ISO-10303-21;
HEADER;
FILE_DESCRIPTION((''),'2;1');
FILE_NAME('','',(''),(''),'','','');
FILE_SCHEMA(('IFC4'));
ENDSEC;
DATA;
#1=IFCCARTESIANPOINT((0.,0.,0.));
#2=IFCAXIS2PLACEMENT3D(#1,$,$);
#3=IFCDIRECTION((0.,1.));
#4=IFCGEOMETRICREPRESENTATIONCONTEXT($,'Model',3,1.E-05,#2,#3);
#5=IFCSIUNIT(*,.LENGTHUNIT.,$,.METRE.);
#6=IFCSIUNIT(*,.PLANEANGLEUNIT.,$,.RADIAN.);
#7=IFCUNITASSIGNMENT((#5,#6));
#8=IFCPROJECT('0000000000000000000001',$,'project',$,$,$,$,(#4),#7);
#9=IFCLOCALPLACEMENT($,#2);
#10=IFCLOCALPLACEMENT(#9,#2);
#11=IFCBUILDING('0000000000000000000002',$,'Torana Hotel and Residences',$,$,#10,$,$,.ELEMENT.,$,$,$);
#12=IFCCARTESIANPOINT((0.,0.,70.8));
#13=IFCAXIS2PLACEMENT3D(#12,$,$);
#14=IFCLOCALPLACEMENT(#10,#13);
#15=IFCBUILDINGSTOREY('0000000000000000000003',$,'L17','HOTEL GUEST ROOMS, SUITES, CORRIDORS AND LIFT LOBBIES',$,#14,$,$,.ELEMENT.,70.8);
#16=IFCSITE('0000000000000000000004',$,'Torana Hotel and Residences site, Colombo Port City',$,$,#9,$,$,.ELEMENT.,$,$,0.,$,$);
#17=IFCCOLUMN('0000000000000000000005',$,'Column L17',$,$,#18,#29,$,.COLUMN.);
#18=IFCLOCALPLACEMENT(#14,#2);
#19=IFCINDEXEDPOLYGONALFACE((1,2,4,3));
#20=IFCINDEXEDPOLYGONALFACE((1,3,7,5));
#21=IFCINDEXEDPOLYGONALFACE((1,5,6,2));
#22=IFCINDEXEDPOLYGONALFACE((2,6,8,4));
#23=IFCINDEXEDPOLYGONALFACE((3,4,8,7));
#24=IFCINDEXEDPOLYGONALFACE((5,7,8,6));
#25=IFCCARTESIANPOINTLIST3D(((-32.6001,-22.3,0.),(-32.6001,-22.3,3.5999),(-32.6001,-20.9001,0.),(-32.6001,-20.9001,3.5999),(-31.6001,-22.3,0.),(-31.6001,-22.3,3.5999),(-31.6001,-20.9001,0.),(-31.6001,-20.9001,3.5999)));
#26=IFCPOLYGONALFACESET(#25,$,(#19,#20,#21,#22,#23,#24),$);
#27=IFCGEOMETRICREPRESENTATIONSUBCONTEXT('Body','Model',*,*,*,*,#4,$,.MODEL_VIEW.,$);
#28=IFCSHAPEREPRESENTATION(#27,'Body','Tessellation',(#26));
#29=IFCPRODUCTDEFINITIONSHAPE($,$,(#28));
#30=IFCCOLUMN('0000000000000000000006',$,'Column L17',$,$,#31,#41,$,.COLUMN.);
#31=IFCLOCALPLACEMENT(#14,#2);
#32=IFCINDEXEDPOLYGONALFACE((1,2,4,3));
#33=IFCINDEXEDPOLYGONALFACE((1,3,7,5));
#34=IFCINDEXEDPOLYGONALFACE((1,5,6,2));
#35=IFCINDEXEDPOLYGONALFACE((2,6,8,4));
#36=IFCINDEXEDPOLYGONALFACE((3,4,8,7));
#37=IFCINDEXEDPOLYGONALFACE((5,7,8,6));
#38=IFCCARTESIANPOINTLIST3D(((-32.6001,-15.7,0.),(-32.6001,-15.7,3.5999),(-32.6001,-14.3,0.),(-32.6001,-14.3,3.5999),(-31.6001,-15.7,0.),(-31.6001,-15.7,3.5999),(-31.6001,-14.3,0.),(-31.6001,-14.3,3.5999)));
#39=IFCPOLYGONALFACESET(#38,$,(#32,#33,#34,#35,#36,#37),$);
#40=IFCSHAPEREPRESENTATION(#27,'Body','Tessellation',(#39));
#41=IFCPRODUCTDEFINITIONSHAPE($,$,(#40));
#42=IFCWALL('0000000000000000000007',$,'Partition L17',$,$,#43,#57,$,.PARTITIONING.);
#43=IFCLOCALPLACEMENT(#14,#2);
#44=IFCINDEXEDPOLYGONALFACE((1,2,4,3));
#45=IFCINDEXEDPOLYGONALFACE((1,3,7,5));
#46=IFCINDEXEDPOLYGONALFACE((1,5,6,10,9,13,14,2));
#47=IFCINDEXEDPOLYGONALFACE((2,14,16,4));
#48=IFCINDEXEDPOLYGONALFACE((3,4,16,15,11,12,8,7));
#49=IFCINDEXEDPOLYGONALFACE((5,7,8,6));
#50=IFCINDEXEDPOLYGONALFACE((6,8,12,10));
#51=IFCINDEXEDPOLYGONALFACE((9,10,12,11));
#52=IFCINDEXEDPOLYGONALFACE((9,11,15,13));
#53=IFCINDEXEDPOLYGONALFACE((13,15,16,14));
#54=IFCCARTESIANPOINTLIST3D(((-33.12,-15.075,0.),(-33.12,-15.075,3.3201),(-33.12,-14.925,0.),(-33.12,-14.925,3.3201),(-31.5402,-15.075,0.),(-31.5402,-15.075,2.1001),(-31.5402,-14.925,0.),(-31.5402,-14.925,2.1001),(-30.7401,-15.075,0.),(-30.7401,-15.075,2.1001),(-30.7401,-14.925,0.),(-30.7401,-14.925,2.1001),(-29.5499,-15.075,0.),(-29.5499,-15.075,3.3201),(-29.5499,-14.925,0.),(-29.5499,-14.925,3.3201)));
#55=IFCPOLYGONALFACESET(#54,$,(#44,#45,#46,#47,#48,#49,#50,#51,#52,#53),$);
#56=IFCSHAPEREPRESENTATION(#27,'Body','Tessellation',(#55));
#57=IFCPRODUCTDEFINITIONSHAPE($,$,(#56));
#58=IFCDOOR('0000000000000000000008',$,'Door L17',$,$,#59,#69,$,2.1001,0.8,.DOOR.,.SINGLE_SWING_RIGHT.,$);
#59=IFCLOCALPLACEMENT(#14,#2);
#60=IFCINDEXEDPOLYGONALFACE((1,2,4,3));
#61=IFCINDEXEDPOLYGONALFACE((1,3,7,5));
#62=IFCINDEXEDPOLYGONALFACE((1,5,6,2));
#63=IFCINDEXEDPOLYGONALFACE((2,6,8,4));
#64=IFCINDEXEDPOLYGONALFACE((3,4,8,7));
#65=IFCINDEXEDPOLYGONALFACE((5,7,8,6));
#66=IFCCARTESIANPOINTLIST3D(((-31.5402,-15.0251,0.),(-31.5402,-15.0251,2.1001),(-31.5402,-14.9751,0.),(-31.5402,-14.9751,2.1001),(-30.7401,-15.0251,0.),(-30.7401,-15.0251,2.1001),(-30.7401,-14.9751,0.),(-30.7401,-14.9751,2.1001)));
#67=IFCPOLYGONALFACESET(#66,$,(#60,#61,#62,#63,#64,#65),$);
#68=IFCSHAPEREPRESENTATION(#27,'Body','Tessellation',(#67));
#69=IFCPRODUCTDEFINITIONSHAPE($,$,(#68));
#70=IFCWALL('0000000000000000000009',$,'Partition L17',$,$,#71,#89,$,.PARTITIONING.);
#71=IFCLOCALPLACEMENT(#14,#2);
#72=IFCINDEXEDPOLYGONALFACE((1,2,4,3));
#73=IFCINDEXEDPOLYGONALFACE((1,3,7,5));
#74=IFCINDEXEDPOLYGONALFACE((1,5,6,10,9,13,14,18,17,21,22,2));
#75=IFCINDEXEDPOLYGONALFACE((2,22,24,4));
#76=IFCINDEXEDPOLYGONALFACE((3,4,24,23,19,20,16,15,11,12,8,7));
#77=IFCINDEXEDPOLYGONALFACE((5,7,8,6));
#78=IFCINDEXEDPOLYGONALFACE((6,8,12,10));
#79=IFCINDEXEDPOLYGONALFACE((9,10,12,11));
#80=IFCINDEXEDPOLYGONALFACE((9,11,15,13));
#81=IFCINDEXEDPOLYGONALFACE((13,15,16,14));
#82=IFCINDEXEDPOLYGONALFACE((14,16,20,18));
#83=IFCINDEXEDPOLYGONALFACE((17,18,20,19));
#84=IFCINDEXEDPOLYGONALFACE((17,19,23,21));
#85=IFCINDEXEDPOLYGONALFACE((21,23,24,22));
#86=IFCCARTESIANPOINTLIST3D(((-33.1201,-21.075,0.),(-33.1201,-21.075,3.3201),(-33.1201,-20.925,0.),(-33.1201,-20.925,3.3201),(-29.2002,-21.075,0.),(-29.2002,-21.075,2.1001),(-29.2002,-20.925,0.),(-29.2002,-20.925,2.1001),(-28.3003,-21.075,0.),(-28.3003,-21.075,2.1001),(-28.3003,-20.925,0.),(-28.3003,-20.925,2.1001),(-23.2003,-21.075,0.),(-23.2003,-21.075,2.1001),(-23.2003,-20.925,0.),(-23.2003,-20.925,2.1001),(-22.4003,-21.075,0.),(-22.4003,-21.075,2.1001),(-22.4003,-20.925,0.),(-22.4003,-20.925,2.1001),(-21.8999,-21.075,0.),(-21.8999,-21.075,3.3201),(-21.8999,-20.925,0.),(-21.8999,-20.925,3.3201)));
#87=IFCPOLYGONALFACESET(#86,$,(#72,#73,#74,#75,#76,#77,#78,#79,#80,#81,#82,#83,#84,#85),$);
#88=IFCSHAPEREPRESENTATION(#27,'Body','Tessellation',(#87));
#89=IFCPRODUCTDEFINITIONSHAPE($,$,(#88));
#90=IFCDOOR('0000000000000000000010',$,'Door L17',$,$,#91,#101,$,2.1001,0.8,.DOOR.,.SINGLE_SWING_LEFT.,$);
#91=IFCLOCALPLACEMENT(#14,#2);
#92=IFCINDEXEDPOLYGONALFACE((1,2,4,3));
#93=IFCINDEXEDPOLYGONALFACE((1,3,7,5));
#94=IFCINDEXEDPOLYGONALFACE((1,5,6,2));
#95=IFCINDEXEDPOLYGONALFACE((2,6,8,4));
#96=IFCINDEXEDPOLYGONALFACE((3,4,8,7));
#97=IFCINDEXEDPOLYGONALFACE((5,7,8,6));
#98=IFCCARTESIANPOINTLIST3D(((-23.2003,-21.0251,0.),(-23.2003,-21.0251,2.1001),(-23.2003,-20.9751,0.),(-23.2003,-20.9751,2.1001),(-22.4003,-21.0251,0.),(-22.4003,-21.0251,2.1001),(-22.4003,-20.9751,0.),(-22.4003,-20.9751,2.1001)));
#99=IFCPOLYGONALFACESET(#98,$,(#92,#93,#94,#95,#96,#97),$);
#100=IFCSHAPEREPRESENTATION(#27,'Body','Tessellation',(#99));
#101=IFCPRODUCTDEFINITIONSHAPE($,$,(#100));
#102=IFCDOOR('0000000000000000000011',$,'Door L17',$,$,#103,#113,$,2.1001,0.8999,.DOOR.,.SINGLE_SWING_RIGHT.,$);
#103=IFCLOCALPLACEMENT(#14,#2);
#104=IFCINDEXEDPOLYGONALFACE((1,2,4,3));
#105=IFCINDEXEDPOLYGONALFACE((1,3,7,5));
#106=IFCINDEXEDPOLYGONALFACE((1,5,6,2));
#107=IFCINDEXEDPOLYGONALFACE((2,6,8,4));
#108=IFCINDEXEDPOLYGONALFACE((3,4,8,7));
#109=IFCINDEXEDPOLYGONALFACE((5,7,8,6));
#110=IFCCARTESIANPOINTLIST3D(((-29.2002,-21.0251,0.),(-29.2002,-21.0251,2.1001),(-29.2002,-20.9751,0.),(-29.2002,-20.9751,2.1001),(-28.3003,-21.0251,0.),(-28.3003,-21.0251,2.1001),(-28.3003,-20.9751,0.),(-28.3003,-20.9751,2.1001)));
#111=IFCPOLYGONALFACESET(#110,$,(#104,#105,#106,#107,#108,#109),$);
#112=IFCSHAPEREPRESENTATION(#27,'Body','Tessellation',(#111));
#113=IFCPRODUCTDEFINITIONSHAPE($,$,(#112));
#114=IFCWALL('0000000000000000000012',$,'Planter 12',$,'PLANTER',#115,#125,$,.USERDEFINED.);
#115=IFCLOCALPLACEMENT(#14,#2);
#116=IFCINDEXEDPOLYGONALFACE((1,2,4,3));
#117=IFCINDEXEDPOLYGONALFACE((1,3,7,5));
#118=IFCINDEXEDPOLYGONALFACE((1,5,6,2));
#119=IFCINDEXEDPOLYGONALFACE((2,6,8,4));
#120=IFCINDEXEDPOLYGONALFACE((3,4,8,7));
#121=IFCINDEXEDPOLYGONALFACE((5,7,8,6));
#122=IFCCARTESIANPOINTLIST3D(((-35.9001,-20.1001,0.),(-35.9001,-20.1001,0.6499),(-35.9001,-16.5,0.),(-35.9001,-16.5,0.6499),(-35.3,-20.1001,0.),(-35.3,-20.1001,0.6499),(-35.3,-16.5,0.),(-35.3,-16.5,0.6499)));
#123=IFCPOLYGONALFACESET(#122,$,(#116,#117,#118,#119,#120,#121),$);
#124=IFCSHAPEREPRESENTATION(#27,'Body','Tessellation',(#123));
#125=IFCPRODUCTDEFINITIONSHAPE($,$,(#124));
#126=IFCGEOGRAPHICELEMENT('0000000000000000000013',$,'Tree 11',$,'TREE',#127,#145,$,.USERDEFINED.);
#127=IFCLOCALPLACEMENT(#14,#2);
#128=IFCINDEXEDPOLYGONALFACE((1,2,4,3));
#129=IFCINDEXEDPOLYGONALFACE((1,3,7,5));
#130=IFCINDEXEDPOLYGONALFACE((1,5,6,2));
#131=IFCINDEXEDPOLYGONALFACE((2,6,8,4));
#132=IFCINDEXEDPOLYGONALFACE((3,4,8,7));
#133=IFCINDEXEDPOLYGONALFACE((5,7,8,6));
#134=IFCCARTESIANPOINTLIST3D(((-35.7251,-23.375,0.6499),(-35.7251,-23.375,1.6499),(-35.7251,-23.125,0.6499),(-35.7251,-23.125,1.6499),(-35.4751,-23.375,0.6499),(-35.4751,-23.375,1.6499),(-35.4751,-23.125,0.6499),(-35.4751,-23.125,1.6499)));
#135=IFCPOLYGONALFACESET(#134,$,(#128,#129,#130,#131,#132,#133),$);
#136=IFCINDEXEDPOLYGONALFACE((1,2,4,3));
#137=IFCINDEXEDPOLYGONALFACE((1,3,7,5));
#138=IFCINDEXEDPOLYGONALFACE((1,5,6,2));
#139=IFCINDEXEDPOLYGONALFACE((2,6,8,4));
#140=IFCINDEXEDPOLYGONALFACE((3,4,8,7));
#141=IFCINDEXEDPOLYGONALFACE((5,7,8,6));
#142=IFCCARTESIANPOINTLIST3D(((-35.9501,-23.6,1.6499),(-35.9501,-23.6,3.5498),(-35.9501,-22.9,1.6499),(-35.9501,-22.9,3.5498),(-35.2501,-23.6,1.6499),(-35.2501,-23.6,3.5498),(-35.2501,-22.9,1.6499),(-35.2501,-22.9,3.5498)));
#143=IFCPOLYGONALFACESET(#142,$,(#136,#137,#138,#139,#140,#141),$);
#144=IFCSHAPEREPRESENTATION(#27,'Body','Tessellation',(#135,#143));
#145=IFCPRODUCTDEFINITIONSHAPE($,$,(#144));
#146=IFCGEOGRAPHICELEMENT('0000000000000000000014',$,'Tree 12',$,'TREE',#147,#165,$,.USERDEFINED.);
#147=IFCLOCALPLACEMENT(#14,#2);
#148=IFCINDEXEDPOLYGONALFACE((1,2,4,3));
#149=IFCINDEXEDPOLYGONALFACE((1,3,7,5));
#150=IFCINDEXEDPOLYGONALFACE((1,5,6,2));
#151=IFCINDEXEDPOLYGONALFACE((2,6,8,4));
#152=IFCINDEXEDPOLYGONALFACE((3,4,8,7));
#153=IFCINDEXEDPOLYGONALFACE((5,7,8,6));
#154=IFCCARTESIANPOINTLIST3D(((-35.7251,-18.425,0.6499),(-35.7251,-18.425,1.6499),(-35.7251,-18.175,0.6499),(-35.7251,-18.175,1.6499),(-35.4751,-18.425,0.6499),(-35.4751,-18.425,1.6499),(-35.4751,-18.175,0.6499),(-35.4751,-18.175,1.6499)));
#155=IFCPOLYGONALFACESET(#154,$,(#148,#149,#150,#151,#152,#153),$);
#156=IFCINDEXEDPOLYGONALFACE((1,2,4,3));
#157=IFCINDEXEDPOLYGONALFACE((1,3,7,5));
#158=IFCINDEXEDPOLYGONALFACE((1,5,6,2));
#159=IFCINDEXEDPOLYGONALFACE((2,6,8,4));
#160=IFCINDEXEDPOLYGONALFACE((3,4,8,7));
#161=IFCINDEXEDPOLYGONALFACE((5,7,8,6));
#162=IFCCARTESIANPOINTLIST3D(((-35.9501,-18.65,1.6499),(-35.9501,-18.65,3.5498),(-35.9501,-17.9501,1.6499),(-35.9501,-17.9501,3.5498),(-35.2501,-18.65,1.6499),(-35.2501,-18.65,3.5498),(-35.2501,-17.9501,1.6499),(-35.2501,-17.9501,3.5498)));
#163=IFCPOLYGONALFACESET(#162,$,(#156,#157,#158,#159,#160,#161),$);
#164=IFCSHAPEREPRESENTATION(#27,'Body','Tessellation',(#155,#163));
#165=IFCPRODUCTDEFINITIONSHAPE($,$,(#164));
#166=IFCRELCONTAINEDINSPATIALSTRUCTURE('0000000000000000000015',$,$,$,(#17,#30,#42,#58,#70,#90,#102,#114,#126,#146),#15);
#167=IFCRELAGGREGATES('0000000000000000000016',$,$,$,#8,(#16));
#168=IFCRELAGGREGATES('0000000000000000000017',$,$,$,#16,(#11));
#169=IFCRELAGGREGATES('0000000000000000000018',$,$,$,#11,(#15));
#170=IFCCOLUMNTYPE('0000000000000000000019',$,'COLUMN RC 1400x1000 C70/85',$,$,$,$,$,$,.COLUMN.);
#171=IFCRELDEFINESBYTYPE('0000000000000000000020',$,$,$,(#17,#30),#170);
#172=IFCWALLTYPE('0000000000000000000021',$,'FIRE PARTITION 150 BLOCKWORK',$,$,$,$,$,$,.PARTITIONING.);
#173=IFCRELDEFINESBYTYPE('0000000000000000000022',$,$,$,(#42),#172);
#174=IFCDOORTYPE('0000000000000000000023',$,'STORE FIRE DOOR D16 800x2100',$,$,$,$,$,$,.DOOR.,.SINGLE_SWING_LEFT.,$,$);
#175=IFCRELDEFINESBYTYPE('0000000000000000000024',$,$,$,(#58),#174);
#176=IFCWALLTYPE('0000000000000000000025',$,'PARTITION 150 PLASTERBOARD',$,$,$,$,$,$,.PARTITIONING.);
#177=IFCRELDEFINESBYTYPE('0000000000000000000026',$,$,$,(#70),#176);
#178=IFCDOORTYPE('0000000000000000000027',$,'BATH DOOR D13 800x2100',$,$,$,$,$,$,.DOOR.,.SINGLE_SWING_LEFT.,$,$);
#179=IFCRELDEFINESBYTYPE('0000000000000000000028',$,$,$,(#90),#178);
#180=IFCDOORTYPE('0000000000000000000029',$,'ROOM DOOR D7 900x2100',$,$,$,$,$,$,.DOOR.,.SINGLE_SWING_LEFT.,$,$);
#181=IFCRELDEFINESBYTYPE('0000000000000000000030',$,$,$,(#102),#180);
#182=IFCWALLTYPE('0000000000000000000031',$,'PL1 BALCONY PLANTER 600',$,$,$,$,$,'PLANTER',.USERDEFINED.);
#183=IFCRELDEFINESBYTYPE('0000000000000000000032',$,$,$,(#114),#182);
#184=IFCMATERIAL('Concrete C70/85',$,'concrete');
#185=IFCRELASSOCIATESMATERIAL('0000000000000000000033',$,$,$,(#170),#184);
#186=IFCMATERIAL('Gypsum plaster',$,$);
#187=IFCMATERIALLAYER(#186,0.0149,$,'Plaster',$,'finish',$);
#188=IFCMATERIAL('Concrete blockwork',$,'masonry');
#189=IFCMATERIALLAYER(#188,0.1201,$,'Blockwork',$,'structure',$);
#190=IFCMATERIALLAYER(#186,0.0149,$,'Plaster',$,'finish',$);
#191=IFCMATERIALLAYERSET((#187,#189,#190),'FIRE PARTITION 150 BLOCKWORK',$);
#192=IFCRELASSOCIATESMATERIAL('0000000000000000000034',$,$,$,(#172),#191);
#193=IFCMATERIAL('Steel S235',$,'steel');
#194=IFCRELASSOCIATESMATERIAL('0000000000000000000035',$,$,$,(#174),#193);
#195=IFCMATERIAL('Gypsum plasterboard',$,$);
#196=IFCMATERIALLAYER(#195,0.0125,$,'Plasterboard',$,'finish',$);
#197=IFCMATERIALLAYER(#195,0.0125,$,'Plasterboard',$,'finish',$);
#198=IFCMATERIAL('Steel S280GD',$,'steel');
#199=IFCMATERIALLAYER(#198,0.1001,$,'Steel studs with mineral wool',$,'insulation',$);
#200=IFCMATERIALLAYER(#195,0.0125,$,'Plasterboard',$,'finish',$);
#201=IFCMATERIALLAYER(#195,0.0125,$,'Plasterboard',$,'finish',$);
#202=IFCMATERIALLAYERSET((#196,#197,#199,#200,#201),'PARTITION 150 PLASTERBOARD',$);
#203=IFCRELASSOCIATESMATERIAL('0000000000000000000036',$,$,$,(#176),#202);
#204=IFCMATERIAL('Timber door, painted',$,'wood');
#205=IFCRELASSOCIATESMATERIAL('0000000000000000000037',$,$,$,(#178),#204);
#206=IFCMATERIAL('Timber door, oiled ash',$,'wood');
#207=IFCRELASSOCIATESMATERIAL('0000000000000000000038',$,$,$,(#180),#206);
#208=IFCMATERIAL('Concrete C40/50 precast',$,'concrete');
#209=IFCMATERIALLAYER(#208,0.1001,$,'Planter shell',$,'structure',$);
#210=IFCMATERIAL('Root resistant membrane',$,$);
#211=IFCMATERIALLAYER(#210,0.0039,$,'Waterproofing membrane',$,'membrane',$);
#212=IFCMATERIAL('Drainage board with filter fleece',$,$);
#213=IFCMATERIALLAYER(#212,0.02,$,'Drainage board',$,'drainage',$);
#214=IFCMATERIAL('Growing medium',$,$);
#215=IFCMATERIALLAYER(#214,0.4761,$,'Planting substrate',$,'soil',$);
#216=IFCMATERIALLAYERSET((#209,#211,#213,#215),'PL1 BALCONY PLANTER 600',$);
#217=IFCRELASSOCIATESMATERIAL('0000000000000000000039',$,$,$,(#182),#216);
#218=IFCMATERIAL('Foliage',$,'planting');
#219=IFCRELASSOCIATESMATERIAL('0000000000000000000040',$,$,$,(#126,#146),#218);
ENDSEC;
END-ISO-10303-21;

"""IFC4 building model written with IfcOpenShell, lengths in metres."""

from ifc_helpers import new_model, si_unit, direction, frame, frame_2d, origin, origin_2d, place, context, subcontext, project, spatial, rectangle, extrude, material, layer, layer_set, material_profile, profile_set, type_object, element, fill, save


model = new_model("IFC4")

# Units and contexts
model_context = context("Model", 3, precision=1e-05, world=origin(), true_north=direction((0.0, 1.0)))
body_context = subcontext(model_context, "Body", "Model", "MODEL_VIEW")
ifc_project = project(units=[si_unit("LENGTHUNIT", "METRE"), si_unit("PLANEANGLEUNIT", "RADIAN")], contexts=[model_context])

# Site, building, storey
site_placement = place(None, origin())
site = spatial("IfcSite", under=ifc_project, at=site_placement, Name="Torana Hotel and Residences site, Colombo Port City", CompositionType="ELEMENT", RefElevation=0.0)
building_placement = place(site_placement, origin())
building = spatial("IfcBuilding", under=site, at=building_placement, Name="Torana Hotel and Residences", CompositionType="ELEMENT")
storey_placement = place(building_placement, frame((0.0, 0.0, 70.8)))
storey = spatial("IfcBuildingStorey", under=building, at=storey_placement, Name="L17", Description="HOTEL GUEST ROOMS, SUITES, CORRIDORS AND LIFT LOBBIES", CompositionType="ELEMENT", Elevation=70.8)

# Columns
ifc_material_1 = material(Name="Concrete C70/85", Category="concrete")
ifc_material_profile = material_profile(ifc_material_1, rectangle(XDim=1.3999, YDim=1.0, at=origin_2d()), Name="RC 1400x1000")
ifc_profile_set = profile_set([ifc_material_profile], Name="Concrete C70/85")
column_type = type_object("IfcColumnType", Name="COLUMN RC 1400x1000 C70/85", PredefinedType="COLUMN", material=ifc_profile_set)
for number, where, z_axis, x_axis, name in (
    (1, (-32.1001, -21.6001, 0.0), (0.0, 0.0, 1.0), (0.0, 1.0, 0.0), "Column L17"),
    (2, (-32.1001, -15.0, 0.0), (0.0, 0.0, 1.0), (0.0, 1.0, 0.0), "Column L17"),
):
    element("IfcColumn", number, at=place(storey_placement, frame(where, z_axis=z_axis, x_axis=x_axis)), inside=storey, type_object=column_type, Name=name, PredefinedType="COLUMN", context=body_context, shape_type="SweptSolid", body=[
        extrude(rectangle(XDim=1.3999, YDim=1.0, at=origin_2d()), origin(), (0.0, 0.0, 1.0), 3.5999),
    ])

# Shared definitions
ifc_material_2 = material(Name="Gypsum plaster")
ifc_layer_1 = layer(ifc_material_2, 0.0149, Name="Plaster", Category="finish")
ifc_material_3 = material(Name="Concrete blockwork", Category="masonry")
ifc_layer_2 = layer(ifc_material_3, 0.1201, Name="Blockwork", Category="structure")
ifc_layer_3 = layer(ifc_material_2, 0.0149, Name="Plaster", Category="finish")
ifc_layer_set_1 = layer_set([ifc_layer_1, ifc_layer_2, ifc_layer_3], Name="FIRE PARTITION 150 BLOCKWORK")
wall_type_1 = type_object("IfcWallType", Name="FIRE PARTITION 150 BLOCKWORK", PredefinedType="PARTITIONING", material=ifc_layer_set_1)

# Wall, opening, door
wall_1_placement = place(storey_placement, frame((-33.1201, -15.0, 0.0), z_axis=(0.0, 0.0, 1.0), x_axis=(1.0, 0.0, 0.0)))
wall_1 = element("IfcWall", 3, at=wall_1_placement, inside=storey, type_object=wall_type_1, Name="Partition L17", PredefinedType="PARTITIONING", context=body_context, shape_type="SweptSolid", body=[
    extrude(rectangle(XDim=3.5701, YDim=0.1499, at=frame_2d((1.7852, 0.0))), origin(), (0.0, 0.0, 1.0), 3.3201),
])
opening_1_placement = place(wall_1_placement, frame((1.5801, 0.0, 0.0)))
opening_1 = element("IfcOpeningElement", 4, at=opening_1_placement, cuts=wall_1, PredefinedType="OPENING", context=body_context, shape_type="SweptSolid", body=[
    extrude(rectangle(XDim=0.8, YDim=2.1001, at=frame_2d((0.3999, 1.05))), frame((0.0, 0.085, 0.0), z_axis=(0.0, -1.0, 0.0), x_axis=(1.0, 0.0, 0.0)), (0.0, 0.0, 1.0), 0.1699),
])
ifc_material_4 = material(Name="Steel S235", Category="steel")
door_type_1 = type_object("IfcDoorType", Name="STORE FIRE DOOR D16 800x2100", OperationType="SINGLE_SWING_LEFT", PredefinedType="DOOR", material=ifc_material_4)
door_1_placement = place(opening_1_placement, origin())
door_1 = element("IfcDoor", 5, at=door_1_placement, inside=storey, type_object=door_type_1, Name="Door L17", OperationType="SINGLE_SWING_RIGHT", OverallHeight=2.1001, OverallWidth=0.8, PredefinedType="DOOR", context=body_context, shape_type="SweptSolid", body=[
    extrude(rectangle(XDim=0.8, YDim=2.1001, at=frame_2d((0.3999, 1.05))), frame((0.0, 0.0249, 0.0), z_axis=(0.0, -1.0, 0.0), x_axis=(1.0, 0.0, 0.0)), (0.0, 0.0, 1.0), 0.05),
])
fill(opening_1, door_1)

# Wall, openings, doors
ifc_material_5 = material(Name="Gypsum plasterboard")
ifc_layer_4 = layer(ifc_material_5, 0.0125, Name="Plasterboard", Category="finish")
ifc_layer_5 = layer(ifc_material_5, 0.0125, Name="Plasterboard", Category="finish")
ifc_material_6 = material(Name="Steel S280GD", Category="steel")
ifc_layer_6 = layer(ifc_material_6, 0.1001, Name="Steel studs with mineral wool", Category="insulation")
ifc_layer_7 = layer(ifc_material_5, 0.0125, Name="Plasterboard", Category="finish")
ifc_layer_8 = layer(ifc_material_5, 0.0125, Name="Plasterboard", Category="finish")
ifc_layer_set_2 = layer_set([ifc_layer_4, ifc_layer_5, ifc_layer_6, ifc_layer_7, ifc_layer_8], Name="PARTITION 150 PLASTERBOARD")
wall_type_2 = type_object("IfcWallType", Name="PARTITION 150 PLASTERBOARD", PredefinedType="PARTITIONING", material=ifc_layer_set_2)
wall_2_placement = place(storey_placement, frame((-33.1201, -21.0, 0.0), z_axis=(0.0, 0.0, 1.0), x_axis=(1.0, 0.0, 0.0)))
wall_2 = element("IfcWall", 6, at=wall_2_placement, inside=storey, type_object=wall_type_2, Name="Partition L17", PredefinedType="PARTITIONING", context=body_context, shape_type="SweptSolid", body=[
    extrude(rectangle(XDim=11.2202, YDim=0.1499, at=frame_2d((5.6101, 0.0))), origin(), (0.0, 0.0, 1.0), 3.3201),
])
opening_2_placement = place(wall_2_placement, frame((9.9199, 0.0, 0.0)))
opening_2 = element("IfcOpeningElement", 7, at=opening_2_placement, cuts=wall_2, PredefinedType="OPENING", context=body_context, shape_type="SweptSolid", body=[
    extrude(rectangle(XDim=0.8, YDim=2.1001, at=frame_2d((0.3999, 1.05))), frame((0.0, 0.085, 0.0), z_axis=(0.0, -1.0, 0.0), x_axis=(1.0, 0.0, 0.0)), (0.0, 0.0, 1.0), 0.1699),
])
opening_3_placement = place(wall_2_placement, frame((3.9199, 0.0, 0.0)))
opening_3 = element("IfcOpeningElement", 8, at=opening_3_placement, cuts=wall_2, PredefinedType="OPENING", context=body_context, shape_type="SweptSolid", body=[
    extrude(rectangle(XDim=0.8999, YDim=2.1001, at=frame_2d((0.45, 1.05))), frame((0.0, 0.085, 0.0), z_axis=(0.0, -1.0, 0.0), x_axis=(1.0, 0.0, 0.0)), (0.0, 0.0, 1.0), 0.1699),
])
ifc_material_7 = material(Name="Timber door, painted", Category="wood")
door_type_2 = type_object("IfcDoorType", Name="BATH DOOR D13 800x2100", OperationType="SINGLE_SWING_LEFT", PredefinedType="DOOR", material=ifc_material_7)
door_2_placement = place(opening_2_placement, origin())
door_2 = element("IfcDoor", 9, at=door_2_placement, inside=storey, type_object=door_type_2, Name="Door L17", OperationType="SINGLE_SWING_LEFT", OverallHeight=2.1001, OverallWidth=0.8, PredefinedType="DOOR", context=body_context, shape_type="SweptSolid", body=[
    extrude(rectangle(XDim=0.8, YDim=2.1001, at=frame_2d((0.3999, 1.05))), frame((0.0, 0.0249, 0.0), z_axis=(0.0, -1.0, 0.0), x_axis=(1.0, 0.0, 0.0)), (0.0, 0.0, 1.0), 0.05),
])
fill(opening_2, door_2)
ifc_material_8 = material(Name="Timber door, oiled ash", Category="wood")
door_type_3 = type_object("IfcDoorType", Name="ROOM DOOR D7 900x2100", OperationType="SINGLE_SWING_LEFT", PredefinedType="DOOR", material=ifc_material_8)
door_3_placement = place(opening_3_placement, origin())
door_3 = element("IfcDoor", 10, at=door_3_placement, inside=storey, type_object=door_type_3, Name="Door L17", OperationType="SINGLE_SWING_RIGHT", OverallHeight=2.1001, OverallWidth=0.8999, PredefinedType="DOOR", context=body_context, shape_type="SweptSolid", body=[
    extrude(rectangle(XDim=0.8999, YDim=2.1001, at=frame_2d((0.45, 1.05))), frame((0.0, 0.0249, 0.0), z_axis=(0.0, -1.0, 0.0), x_axis=(1.0, 0.0, 0.0)), (0.0, 0.0, 1.0), 0.05),
])
fill(opening_3, door_3)

# Wall
ifc_material_9 = material(Name="Concrete C40/50 precast", Category="concrete")
ifc_layer_9 = layer(ifc_material_9, 0.1001, Name="Planter shell", Category="structure")
ifc_material_10 = material(Name="Root resistant membrane")
ifc_layer_10 = layer(ifc_material_10, 0.0039, Name="Waterproofing membrane", Category="membrane")
ifc_material_11 = material(Name="Drainage board with filter fleece")
ifc_layer_11 = layer(ifc_material_11, 0.02, Name="Drainage board", Category="drainage")
ifc_material_12 = material(Name="Growing medium")
ifc_layer_12 = layer(ifc_material_12, 0.4761, Name="Planting substrate", Category="soil")
ifc_layer_set_3 = layer_set([ifc_layer_9, ifc_layer_10, ifc_layer_11, ifc_layer_12], Name="PL1 BALCONY PLANTER 600")
wall_type_3 = type_object("IfcWallType", Name="PL1 BALCONY PLANTER 600", ElementType="PLANTER", PredefinedType="USERDEFINED", material=ifc_layer_set_3)
wall_3_placement = place(storey_placement, frame((-35.6001, -20.1001, 0.0), z_axis=(0.0, 0.0, 1.0), x_axis=(0.0, 1.0, 0.0)))
element("IfcWall", 11, at=wall_3_placement, inside=storey, type_object=wall_type_3, Name="Planter 12", ObjectType="PLANTER", PredefinedType="USERDEFINED", context=body_context, shape_type="SweptSolid", body=[
    extrude(rectangle(XDim=3.6001, YDim=0.6001, at=frame_2d((1.8, 0.0))), origin(), (0.0, 0.0, 1.0), 0.6499),
])

# Geographic elements
ifc_material_13 = material(Name="Foliage", Category="planting")
for number, where, z_axis, x_axis, name in (
    (12, (-35.6001, -23.25, 0.6499), (0.0, 0.0, 1.0), (1.0, 0.0, 0.0), "Tree 11"),
    (13, (-35.6001, -18.3, 0.6499), (0.0, 0.0, 1.0), (1.0, 0.0, 0.0), "Tree 12"),
):
    element("IfcGeographicElement", number, at=place(storey_placement, frame(where, z_axis=z_axis, x_axis=x_axis)), inside=storey, material=ifc_material_13, Name=name, ObjectType="TREE", PredefinedType="USERDEFINED", context=body_context, shape_type="SweptSolid", body=[
        extrude(rectangle(XDim=0.25, YDim=0.25, at=origin_2d()), origin(), (0.0, 0.0, 1.0), 1.0),
        extrude(rectangle(XDim=0.7, YDim=0.7, at=origin_2d()), frame((0.0, 0.0, 1.0)), (0.0, 0.0, 1.0), 1.8999),
    ])

save(model, "model.ifc")
